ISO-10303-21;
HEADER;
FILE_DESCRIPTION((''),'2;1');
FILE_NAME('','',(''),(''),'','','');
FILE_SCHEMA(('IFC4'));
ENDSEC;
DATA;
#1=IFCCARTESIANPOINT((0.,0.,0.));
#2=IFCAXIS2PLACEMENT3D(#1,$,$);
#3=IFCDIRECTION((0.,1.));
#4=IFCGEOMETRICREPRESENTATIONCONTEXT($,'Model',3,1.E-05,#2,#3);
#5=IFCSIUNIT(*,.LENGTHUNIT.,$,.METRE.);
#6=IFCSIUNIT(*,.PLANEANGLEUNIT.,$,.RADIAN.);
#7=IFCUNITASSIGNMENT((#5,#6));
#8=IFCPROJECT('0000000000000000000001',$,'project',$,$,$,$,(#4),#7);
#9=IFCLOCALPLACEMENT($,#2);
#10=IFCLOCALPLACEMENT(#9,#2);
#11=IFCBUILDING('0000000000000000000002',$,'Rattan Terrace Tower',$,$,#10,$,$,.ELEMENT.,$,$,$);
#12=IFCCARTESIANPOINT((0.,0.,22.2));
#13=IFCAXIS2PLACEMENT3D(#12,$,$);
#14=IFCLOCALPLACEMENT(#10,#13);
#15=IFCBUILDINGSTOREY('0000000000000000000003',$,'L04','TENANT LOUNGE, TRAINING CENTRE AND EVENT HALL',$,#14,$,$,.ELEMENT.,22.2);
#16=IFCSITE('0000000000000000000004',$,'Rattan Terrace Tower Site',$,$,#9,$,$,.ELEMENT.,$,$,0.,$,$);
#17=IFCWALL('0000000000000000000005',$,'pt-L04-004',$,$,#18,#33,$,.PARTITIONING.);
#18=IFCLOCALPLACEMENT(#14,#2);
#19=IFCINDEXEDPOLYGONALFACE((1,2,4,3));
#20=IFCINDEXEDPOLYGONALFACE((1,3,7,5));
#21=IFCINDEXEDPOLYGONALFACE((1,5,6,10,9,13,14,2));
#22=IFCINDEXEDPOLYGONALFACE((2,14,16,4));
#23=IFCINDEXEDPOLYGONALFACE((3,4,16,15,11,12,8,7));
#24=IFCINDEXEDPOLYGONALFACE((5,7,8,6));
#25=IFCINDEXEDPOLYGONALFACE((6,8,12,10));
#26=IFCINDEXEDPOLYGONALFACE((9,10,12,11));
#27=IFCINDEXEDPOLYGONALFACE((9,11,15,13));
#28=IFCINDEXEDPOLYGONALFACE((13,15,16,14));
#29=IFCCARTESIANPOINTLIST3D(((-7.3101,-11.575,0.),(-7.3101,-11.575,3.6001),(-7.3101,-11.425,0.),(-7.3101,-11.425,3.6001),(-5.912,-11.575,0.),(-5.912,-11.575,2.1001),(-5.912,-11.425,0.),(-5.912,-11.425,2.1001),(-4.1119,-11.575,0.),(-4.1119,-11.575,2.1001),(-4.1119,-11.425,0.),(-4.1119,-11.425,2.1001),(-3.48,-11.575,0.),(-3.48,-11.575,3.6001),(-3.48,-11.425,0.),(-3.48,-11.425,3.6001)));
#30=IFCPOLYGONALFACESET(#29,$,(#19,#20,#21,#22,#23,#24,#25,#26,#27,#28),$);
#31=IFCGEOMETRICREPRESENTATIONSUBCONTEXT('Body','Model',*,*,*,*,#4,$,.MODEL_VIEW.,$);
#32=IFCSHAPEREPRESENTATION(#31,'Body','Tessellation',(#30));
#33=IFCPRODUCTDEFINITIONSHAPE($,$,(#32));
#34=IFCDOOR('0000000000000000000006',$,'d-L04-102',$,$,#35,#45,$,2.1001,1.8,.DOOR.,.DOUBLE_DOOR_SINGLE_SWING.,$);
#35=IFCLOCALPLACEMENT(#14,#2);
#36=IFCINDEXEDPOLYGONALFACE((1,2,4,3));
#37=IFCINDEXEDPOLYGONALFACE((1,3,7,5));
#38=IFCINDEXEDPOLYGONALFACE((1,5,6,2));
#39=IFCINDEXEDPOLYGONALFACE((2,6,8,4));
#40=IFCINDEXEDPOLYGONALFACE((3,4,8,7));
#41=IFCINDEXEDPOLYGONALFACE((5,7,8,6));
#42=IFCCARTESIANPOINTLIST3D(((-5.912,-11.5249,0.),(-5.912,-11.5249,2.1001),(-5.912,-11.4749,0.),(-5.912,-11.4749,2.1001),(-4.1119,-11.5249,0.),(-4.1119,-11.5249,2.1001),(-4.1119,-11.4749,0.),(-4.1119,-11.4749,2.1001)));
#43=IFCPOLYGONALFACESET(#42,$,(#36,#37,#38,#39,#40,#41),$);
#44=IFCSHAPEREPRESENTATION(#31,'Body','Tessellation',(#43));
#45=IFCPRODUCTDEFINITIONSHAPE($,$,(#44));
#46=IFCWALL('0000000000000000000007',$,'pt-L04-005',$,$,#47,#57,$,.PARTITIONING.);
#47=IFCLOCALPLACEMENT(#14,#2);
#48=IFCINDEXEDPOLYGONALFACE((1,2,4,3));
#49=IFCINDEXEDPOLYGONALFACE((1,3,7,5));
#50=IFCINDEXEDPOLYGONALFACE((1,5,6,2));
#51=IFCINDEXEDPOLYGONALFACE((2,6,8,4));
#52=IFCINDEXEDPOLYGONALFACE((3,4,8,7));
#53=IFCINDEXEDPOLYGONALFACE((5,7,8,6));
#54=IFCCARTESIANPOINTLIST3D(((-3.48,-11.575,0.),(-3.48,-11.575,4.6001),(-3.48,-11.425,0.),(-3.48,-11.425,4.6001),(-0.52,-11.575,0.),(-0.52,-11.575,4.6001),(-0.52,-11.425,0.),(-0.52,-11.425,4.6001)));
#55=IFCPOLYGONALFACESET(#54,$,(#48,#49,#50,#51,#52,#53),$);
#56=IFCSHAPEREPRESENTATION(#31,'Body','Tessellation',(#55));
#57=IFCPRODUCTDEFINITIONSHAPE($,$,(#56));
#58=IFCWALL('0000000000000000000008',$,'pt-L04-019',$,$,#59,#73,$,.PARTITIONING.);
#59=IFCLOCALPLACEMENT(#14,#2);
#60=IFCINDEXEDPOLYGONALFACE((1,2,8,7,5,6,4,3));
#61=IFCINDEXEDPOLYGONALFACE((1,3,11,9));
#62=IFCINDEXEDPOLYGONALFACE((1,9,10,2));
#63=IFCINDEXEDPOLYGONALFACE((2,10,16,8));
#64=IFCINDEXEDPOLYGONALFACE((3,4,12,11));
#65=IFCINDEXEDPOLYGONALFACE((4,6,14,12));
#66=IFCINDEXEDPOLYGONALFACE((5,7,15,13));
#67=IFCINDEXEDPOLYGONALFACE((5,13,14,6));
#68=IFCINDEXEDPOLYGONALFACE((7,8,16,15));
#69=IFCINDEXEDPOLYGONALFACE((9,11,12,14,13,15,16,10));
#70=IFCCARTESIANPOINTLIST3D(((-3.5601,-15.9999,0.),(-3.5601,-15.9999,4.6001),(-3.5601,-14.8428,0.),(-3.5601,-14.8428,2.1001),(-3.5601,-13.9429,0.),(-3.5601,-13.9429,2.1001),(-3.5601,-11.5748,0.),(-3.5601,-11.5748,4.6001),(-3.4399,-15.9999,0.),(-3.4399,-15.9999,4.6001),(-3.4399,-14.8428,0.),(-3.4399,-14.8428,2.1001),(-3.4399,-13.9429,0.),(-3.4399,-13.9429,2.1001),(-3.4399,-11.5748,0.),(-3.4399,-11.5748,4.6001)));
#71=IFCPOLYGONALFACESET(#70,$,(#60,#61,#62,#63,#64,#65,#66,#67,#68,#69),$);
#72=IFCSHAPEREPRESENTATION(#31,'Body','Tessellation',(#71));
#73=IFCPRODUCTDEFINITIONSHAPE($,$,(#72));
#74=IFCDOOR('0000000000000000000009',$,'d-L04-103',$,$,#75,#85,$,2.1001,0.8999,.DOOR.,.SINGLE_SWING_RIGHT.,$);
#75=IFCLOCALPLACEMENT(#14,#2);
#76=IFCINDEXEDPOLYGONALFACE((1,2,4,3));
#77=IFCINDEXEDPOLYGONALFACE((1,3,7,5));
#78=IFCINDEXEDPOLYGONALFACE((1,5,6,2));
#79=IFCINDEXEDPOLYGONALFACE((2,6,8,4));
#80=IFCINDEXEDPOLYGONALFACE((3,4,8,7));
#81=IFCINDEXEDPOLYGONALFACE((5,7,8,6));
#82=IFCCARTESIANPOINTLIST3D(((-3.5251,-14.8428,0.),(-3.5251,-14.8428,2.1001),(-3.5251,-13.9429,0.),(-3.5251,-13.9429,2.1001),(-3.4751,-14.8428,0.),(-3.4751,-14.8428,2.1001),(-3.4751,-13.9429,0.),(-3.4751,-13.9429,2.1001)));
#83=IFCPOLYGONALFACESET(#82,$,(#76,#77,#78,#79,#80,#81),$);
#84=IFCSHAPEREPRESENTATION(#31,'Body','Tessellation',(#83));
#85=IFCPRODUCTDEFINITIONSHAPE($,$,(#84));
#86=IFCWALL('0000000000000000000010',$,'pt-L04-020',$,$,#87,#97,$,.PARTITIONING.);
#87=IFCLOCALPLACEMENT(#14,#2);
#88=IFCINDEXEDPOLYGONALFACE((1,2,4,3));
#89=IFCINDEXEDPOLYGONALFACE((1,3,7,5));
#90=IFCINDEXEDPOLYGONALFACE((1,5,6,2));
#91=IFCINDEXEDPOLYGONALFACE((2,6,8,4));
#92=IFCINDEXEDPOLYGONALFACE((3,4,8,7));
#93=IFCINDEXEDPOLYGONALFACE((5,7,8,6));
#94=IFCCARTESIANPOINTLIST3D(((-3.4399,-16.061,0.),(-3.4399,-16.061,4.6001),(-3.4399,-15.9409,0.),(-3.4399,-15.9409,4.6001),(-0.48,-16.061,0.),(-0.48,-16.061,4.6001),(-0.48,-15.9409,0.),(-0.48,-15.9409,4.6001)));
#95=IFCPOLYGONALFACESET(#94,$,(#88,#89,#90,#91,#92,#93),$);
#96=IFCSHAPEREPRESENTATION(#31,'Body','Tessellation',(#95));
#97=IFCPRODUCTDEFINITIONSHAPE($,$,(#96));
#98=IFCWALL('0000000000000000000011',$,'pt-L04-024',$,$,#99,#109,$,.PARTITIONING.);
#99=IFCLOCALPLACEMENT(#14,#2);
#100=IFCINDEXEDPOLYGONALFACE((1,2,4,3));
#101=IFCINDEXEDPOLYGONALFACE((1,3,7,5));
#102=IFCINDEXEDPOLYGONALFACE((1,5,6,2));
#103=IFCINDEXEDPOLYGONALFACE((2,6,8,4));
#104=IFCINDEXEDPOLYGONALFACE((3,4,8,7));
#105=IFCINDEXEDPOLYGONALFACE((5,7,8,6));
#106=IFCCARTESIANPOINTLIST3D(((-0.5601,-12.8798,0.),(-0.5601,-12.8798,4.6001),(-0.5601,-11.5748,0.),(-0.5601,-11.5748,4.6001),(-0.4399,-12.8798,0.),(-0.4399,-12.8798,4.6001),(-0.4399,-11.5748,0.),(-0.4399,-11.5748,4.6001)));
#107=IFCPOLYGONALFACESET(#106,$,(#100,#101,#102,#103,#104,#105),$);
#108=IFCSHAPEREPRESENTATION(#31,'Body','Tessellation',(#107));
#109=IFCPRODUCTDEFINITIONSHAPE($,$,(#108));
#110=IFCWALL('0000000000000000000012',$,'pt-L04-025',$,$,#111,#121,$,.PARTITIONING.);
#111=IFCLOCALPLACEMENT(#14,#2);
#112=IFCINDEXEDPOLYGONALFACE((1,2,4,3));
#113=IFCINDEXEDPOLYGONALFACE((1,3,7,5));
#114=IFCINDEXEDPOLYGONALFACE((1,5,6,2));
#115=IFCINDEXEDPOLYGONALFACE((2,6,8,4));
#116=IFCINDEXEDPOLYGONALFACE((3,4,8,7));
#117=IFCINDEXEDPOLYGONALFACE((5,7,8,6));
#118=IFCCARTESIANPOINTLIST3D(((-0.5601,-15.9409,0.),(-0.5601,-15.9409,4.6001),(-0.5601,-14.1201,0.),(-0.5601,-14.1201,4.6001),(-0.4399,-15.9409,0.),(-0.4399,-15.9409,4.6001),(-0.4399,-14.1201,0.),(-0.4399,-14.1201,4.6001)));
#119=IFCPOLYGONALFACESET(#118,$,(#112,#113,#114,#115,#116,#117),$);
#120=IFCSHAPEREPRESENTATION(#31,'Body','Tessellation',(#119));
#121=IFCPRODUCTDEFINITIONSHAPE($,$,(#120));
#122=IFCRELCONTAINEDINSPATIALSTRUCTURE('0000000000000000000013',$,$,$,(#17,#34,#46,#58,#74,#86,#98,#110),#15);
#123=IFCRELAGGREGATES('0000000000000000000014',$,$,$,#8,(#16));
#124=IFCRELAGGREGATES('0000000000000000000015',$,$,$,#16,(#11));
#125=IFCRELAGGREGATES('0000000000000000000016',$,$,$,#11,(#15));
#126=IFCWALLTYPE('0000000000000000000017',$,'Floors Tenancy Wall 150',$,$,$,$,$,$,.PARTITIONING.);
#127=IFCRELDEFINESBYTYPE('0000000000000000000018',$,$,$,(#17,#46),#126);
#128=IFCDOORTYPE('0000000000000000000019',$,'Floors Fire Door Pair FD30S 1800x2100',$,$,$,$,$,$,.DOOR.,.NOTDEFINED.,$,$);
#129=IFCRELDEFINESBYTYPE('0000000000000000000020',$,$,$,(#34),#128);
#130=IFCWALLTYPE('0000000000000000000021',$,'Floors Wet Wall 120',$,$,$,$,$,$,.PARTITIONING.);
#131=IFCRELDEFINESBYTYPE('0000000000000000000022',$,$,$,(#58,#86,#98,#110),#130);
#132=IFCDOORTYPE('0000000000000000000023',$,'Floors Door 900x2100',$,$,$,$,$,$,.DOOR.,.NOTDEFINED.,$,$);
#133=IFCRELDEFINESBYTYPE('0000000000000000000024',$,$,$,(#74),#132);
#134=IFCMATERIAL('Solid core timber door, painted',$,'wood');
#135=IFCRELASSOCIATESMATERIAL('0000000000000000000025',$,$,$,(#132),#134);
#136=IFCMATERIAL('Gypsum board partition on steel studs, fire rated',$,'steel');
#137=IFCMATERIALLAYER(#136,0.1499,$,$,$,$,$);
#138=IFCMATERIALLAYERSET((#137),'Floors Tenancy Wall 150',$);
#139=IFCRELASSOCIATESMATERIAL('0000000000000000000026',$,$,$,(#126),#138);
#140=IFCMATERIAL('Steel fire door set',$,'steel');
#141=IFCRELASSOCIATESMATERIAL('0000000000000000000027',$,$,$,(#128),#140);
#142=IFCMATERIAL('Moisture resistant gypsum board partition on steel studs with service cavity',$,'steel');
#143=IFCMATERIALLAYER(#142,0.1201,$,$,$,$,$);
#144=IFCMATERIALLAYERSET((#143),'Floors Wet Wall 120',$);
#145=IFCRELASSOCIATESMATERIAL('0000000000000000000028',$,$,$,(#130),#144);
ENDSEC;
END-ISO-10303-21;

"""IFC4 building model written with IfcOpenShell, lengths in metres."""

from ifc_helpers import new_model, si_unit, direction, frame, frame_2d, origin, place, context, subcontext, project, spatial, rectangle, extrude, material, layer, layer_set, type_object, element, fill, save


model = new_model("IFC4")

# Units and contexts
model_context = context("Model", 3, precision=1e-05, world=origin(), true_north=direction((0.0, 1.0)))
body_context = subcontext(model_context, "Body", "Model", "MODEL_VIEW")
ifc_project = project(units=[si_unit("LENGTHUNIT", "METRE"), si_unit("PLANEANGLEUNIT", "RADIAN")], contexts=[model_context])

# Site, building, storey
site_placement = place(None, origin())
site = spatial("IfcSite", under=ifc_project, at=site_placement, Name="Rattan Terrace Tower Site", CompositionType="ELEMENT", RefElevation=0.0)
building_placement = place(site_placement, origin())
building = spatial("IfcBuilding", under=site, at=building_placement, Name="Rattan Terrace Tower", CompositionType="ELEMENT")
storey_placement = place(building_placement, frame((0.0, 0.0, 22.2)))
storey = spatial("IfcBuildingStorey", under=building, at=storey_placement, Name="L04", Description="TENANT LOUNGE, TRAINING CENTRE AND EVENT HALL", CompositionType="ELEMENT", Elevation=22.2)

# Shared definitions
ifc_material_1 = material(Name="Solid core timber door, painted", Category="wood")
door_type_1 = type_object("IfcDoorType", Name="Floors Door 900x2100", OperationType="NOTDEFINED", PredefinedType="DOOR", material=ifc_material_1)

# Shared definitions
ifc_material_2 = material(Name="Gypsum board partition on steel studs, fire rated", Category="steel")
ifc_layer_1 = layer(ifc_material_2, 0.1499)
ifc_layer_set_1 = layer_set([ifc_layer_1], Name="Floors Tenancy Wall 150")
wall_type_1 = type_object("IfcWallType", Name="Floors Tenancy Wall 150", PredefinedType="PARTITIONING", material=ifc_layer_set_1)
ifc_material_3 = material(Name="Steel fire door set", Category="steel")
door_type_2 = type_object("IfcDoorType", Name="Floors Fire Door Pair FD30S 1800x2100", OperationType="NOTDEFINED", PredefinedType="DOOR", material=ifc_material_3)

# Wall, opening, door
wall_1_placement = place(storey_placement, frame((-3.48, -11.5, 0.0), z_axis=(0.0, 0.0, 1.0), x_axis=(-1.0, 0.0, 0.0)))
wall_1 = element("IfcWall", 1, at=wall_1_placement, inside=storey, type_object=wall_type_1, Name="pt-L04-004", PredefinedType="PARTITIONING", context=body_context, shape_type="SweptSolid", body=[
    extrude(rectangle(XDim=3.8301, YDim=0.1499, at=frame_2d((1.915, 0.0))), origin(), (0.0, 0.0, 1.0), 3.6001),
])
opening_1_placement = place(wall_1_placement, frame((0.6321, 0.0, 0.0)))
opening_1 = element("IfcOpeningElement", 2, at=opening_1_placement, cuts=wall_1, PredefinedType="OPENING", context=body_context, shape_type="SweptSolid", body=[
    extrude(rectangle(XDim=1.8, YDim=2.1001, at=frame_2d((0.8999, 1.05))), frame((0.0, 0.0854, 0.0), z_axis=(0.0, -1.0, 0.0), x_axis=(1.0, 0.0, 0.0)), (0.0, 0.0, 1.0), 0.1709),
])
door_1_placement = place(opening_1_placement, origin())
door_1 = element("IfcDoor", 3, at=door_1_placement, inside=storey, type_object=door_type_2, Name="d-L04-102", OperationType="DOUBLE_DOOR_SINGLE_SWING", OverallHeight=2.1001, OverallWidth=1.8, PredefinedType="DOOR", context=body_context, shape_type="SweptSolid", body=[
    extrude(rectangle(XDim=1.8, YDim=2.1001, at=frame_2d((0.8999, 1.05))), frame((0.0, 0.0249, 0.0), z_axis=(0.0, -1.0, 0.0), x_axis=(1.0, 0.0, 0.0)), (0.0, 0.0, 1.0), 0.05),
])
fill(opening_1, door_1)

# Wall
wall_2_placement = place(storey_placement, frame((-0.52, -11.5, 0.0), z_axis=(0.0, 0.0, 1.0), x_axis=(-1.0, 0.0, 0.0)))
element("IfcWall", 4, at=wall_2_placement, inside=storey, type_object=wall_type_1, Name="pt-L04-005", PredefinedType="PARTITIONING", context=body_context, shape_type="SweptSolid", body=[
    extrude(rectangle(XDim=2.96, YDim=0.1499, at=frame_2d((1.48, 0.0))), origin(), (0.0, 0.0, 1.0), 4.6001),
])

# Wall, opening, door
ifc_material_4 = material(Name="Moisture resistant gypsum board partition on steel studs with service cavity", Category="steel")
ifc_layer_2 = layer(ifc_material_4, 0.1201)
ifc_layer_set_2 = layer_set([ifc_layer_2], Name="Floors Wet Wall 120")
wall_type_2 = type_object("IfcWallType", Name="Floors Wet Wall 120", PredefinedType="PARTITIONING", material=ifc_layer_set_2)
wall_3_placement = place(storey_placement, frame((-3.5, -11.575, 0.0), z_axis=(0.0, 0.0, 1.0), x_axis=(0.0, -1.0, 0.0)))
wall_3 = element("IfcWall", 5, at=wall_3_placement, inside=storey, type_object=wall_type_2, Name="pt-L04-019", PredefinedType="PARTITIONING", context=body_context, shape_type="SweptSolid", body=[
    extrude(rectangle(XDim=4.425, YDim=0.1201, at=frame_2d((2.2124, 0.0))), origin(), (0.0, 0.0, 1.0), 4.6001),
])
opening_2_placement = place(wall_3_placement, frame((2.3679, 0.0, 0.0)))
opening_2 = element("IfcOpeningElement", 6, at=opening_2_placement, cuts=wall_3, PredefinedType="OPENING", context=body_context, shape_type="SweptSolid", body=[
    extrude(rectangle(XDim=0.8999, YDim=2.1001, at=frame_2d((0.45, 1.05))), frame((0.0, 0.0706, 0.0), z_axis=(0.0, -1.0, 0.0), x_axis=(1.0, 0.0, 0.0)), (0.0, 0.0, 1.0), 0.1411),
])
door_2_placement = place(opening_2_placement, origin())
door_2 = element("IfcDoor", 7, at=door_2_placement, inside=storey, type_object=door_type_1, Name="d-L04-103", OperationType="SINGLE_SWING_RIGHT", OverallHeight=2.1001, OverallWidth=0.8999, PredefinedType="DOOR", context=body_context, shape_type="SweptSolid", body=[
    extrude(rectangle(XDim=0.8999, YDim=2.1001, at=frame_2d((0.45, 1.05))), frame((0.0, 0.0249, 0.0), z_axis=(0.0, -1.0, 0.0), x_axis=(1.0, 0.0, 0.0)), (0.0, 0.0, 1.0), 0.05),
])
fill(opening_2, door_2)

# Walls
wall_4_placement = place(storey_placement, frame((-3.4399, -16.001, 0.0), z_axis=(0.0, 0.0, 1.0), x_axis=(1.0, 0.0, 0.0)))
element("IfcWall", 8, at=wall_4_placement, inside=storey, type_object=wall_type_2, Name="pt-L04-020", PredefinedType="PARTITIONING", context=body_context, shape_type="SweptSolid", body=[
    extrude(rectangle(XDim=2.96, YDim=0.1201, at=frame_2d((1.48, 0.0))), origin(), (0.0, 0.0, 1.0), 4.6001),
])
wall_5_placement = place(storey_placement, frame((-0.5, -11.575, 0.0), z_axis=(0.0, 0.0, 1.0), x_axis=(0.0, -1.0, 0.0)))
element("IfcWall", 9, at=wall_5_placement, inside=storey, type_object=wall_type_2, Name="pt-L04-024", PredefinedType="PARTITIONING", context=body_context, shape_type="SweptSolid", body=[
    extrude(rectangle(XDim=1.3049, YDim=0.1201, at=frame_2d((0.6523, 0.0))), origin(), (0.0, 0.0, 1.0), 4.6001),
])
wall_6_placement = place(storey_placement, frame((-0.5, -14.1201, 0.0), z_axis=(0.0, 0.0, 1.0), x_axis=(0.0, -1.0, 0.0)))
element("IfcWall", 10, at=wall_6_placement, inside=storey, type_object=wall_type_2, Name="pt-L04-025", PredefinedType="PARTITIONING", context=body_context, shape_type="SweptSolid", body=[
    extrude(rectangle(XDim=1.8208, YDim=0.1201, at=frame_2d((0.9104, 0.0))), origin(), (0.0, 0.0, 1.0), 4.6001),
])

save(model, "model.ifc")
